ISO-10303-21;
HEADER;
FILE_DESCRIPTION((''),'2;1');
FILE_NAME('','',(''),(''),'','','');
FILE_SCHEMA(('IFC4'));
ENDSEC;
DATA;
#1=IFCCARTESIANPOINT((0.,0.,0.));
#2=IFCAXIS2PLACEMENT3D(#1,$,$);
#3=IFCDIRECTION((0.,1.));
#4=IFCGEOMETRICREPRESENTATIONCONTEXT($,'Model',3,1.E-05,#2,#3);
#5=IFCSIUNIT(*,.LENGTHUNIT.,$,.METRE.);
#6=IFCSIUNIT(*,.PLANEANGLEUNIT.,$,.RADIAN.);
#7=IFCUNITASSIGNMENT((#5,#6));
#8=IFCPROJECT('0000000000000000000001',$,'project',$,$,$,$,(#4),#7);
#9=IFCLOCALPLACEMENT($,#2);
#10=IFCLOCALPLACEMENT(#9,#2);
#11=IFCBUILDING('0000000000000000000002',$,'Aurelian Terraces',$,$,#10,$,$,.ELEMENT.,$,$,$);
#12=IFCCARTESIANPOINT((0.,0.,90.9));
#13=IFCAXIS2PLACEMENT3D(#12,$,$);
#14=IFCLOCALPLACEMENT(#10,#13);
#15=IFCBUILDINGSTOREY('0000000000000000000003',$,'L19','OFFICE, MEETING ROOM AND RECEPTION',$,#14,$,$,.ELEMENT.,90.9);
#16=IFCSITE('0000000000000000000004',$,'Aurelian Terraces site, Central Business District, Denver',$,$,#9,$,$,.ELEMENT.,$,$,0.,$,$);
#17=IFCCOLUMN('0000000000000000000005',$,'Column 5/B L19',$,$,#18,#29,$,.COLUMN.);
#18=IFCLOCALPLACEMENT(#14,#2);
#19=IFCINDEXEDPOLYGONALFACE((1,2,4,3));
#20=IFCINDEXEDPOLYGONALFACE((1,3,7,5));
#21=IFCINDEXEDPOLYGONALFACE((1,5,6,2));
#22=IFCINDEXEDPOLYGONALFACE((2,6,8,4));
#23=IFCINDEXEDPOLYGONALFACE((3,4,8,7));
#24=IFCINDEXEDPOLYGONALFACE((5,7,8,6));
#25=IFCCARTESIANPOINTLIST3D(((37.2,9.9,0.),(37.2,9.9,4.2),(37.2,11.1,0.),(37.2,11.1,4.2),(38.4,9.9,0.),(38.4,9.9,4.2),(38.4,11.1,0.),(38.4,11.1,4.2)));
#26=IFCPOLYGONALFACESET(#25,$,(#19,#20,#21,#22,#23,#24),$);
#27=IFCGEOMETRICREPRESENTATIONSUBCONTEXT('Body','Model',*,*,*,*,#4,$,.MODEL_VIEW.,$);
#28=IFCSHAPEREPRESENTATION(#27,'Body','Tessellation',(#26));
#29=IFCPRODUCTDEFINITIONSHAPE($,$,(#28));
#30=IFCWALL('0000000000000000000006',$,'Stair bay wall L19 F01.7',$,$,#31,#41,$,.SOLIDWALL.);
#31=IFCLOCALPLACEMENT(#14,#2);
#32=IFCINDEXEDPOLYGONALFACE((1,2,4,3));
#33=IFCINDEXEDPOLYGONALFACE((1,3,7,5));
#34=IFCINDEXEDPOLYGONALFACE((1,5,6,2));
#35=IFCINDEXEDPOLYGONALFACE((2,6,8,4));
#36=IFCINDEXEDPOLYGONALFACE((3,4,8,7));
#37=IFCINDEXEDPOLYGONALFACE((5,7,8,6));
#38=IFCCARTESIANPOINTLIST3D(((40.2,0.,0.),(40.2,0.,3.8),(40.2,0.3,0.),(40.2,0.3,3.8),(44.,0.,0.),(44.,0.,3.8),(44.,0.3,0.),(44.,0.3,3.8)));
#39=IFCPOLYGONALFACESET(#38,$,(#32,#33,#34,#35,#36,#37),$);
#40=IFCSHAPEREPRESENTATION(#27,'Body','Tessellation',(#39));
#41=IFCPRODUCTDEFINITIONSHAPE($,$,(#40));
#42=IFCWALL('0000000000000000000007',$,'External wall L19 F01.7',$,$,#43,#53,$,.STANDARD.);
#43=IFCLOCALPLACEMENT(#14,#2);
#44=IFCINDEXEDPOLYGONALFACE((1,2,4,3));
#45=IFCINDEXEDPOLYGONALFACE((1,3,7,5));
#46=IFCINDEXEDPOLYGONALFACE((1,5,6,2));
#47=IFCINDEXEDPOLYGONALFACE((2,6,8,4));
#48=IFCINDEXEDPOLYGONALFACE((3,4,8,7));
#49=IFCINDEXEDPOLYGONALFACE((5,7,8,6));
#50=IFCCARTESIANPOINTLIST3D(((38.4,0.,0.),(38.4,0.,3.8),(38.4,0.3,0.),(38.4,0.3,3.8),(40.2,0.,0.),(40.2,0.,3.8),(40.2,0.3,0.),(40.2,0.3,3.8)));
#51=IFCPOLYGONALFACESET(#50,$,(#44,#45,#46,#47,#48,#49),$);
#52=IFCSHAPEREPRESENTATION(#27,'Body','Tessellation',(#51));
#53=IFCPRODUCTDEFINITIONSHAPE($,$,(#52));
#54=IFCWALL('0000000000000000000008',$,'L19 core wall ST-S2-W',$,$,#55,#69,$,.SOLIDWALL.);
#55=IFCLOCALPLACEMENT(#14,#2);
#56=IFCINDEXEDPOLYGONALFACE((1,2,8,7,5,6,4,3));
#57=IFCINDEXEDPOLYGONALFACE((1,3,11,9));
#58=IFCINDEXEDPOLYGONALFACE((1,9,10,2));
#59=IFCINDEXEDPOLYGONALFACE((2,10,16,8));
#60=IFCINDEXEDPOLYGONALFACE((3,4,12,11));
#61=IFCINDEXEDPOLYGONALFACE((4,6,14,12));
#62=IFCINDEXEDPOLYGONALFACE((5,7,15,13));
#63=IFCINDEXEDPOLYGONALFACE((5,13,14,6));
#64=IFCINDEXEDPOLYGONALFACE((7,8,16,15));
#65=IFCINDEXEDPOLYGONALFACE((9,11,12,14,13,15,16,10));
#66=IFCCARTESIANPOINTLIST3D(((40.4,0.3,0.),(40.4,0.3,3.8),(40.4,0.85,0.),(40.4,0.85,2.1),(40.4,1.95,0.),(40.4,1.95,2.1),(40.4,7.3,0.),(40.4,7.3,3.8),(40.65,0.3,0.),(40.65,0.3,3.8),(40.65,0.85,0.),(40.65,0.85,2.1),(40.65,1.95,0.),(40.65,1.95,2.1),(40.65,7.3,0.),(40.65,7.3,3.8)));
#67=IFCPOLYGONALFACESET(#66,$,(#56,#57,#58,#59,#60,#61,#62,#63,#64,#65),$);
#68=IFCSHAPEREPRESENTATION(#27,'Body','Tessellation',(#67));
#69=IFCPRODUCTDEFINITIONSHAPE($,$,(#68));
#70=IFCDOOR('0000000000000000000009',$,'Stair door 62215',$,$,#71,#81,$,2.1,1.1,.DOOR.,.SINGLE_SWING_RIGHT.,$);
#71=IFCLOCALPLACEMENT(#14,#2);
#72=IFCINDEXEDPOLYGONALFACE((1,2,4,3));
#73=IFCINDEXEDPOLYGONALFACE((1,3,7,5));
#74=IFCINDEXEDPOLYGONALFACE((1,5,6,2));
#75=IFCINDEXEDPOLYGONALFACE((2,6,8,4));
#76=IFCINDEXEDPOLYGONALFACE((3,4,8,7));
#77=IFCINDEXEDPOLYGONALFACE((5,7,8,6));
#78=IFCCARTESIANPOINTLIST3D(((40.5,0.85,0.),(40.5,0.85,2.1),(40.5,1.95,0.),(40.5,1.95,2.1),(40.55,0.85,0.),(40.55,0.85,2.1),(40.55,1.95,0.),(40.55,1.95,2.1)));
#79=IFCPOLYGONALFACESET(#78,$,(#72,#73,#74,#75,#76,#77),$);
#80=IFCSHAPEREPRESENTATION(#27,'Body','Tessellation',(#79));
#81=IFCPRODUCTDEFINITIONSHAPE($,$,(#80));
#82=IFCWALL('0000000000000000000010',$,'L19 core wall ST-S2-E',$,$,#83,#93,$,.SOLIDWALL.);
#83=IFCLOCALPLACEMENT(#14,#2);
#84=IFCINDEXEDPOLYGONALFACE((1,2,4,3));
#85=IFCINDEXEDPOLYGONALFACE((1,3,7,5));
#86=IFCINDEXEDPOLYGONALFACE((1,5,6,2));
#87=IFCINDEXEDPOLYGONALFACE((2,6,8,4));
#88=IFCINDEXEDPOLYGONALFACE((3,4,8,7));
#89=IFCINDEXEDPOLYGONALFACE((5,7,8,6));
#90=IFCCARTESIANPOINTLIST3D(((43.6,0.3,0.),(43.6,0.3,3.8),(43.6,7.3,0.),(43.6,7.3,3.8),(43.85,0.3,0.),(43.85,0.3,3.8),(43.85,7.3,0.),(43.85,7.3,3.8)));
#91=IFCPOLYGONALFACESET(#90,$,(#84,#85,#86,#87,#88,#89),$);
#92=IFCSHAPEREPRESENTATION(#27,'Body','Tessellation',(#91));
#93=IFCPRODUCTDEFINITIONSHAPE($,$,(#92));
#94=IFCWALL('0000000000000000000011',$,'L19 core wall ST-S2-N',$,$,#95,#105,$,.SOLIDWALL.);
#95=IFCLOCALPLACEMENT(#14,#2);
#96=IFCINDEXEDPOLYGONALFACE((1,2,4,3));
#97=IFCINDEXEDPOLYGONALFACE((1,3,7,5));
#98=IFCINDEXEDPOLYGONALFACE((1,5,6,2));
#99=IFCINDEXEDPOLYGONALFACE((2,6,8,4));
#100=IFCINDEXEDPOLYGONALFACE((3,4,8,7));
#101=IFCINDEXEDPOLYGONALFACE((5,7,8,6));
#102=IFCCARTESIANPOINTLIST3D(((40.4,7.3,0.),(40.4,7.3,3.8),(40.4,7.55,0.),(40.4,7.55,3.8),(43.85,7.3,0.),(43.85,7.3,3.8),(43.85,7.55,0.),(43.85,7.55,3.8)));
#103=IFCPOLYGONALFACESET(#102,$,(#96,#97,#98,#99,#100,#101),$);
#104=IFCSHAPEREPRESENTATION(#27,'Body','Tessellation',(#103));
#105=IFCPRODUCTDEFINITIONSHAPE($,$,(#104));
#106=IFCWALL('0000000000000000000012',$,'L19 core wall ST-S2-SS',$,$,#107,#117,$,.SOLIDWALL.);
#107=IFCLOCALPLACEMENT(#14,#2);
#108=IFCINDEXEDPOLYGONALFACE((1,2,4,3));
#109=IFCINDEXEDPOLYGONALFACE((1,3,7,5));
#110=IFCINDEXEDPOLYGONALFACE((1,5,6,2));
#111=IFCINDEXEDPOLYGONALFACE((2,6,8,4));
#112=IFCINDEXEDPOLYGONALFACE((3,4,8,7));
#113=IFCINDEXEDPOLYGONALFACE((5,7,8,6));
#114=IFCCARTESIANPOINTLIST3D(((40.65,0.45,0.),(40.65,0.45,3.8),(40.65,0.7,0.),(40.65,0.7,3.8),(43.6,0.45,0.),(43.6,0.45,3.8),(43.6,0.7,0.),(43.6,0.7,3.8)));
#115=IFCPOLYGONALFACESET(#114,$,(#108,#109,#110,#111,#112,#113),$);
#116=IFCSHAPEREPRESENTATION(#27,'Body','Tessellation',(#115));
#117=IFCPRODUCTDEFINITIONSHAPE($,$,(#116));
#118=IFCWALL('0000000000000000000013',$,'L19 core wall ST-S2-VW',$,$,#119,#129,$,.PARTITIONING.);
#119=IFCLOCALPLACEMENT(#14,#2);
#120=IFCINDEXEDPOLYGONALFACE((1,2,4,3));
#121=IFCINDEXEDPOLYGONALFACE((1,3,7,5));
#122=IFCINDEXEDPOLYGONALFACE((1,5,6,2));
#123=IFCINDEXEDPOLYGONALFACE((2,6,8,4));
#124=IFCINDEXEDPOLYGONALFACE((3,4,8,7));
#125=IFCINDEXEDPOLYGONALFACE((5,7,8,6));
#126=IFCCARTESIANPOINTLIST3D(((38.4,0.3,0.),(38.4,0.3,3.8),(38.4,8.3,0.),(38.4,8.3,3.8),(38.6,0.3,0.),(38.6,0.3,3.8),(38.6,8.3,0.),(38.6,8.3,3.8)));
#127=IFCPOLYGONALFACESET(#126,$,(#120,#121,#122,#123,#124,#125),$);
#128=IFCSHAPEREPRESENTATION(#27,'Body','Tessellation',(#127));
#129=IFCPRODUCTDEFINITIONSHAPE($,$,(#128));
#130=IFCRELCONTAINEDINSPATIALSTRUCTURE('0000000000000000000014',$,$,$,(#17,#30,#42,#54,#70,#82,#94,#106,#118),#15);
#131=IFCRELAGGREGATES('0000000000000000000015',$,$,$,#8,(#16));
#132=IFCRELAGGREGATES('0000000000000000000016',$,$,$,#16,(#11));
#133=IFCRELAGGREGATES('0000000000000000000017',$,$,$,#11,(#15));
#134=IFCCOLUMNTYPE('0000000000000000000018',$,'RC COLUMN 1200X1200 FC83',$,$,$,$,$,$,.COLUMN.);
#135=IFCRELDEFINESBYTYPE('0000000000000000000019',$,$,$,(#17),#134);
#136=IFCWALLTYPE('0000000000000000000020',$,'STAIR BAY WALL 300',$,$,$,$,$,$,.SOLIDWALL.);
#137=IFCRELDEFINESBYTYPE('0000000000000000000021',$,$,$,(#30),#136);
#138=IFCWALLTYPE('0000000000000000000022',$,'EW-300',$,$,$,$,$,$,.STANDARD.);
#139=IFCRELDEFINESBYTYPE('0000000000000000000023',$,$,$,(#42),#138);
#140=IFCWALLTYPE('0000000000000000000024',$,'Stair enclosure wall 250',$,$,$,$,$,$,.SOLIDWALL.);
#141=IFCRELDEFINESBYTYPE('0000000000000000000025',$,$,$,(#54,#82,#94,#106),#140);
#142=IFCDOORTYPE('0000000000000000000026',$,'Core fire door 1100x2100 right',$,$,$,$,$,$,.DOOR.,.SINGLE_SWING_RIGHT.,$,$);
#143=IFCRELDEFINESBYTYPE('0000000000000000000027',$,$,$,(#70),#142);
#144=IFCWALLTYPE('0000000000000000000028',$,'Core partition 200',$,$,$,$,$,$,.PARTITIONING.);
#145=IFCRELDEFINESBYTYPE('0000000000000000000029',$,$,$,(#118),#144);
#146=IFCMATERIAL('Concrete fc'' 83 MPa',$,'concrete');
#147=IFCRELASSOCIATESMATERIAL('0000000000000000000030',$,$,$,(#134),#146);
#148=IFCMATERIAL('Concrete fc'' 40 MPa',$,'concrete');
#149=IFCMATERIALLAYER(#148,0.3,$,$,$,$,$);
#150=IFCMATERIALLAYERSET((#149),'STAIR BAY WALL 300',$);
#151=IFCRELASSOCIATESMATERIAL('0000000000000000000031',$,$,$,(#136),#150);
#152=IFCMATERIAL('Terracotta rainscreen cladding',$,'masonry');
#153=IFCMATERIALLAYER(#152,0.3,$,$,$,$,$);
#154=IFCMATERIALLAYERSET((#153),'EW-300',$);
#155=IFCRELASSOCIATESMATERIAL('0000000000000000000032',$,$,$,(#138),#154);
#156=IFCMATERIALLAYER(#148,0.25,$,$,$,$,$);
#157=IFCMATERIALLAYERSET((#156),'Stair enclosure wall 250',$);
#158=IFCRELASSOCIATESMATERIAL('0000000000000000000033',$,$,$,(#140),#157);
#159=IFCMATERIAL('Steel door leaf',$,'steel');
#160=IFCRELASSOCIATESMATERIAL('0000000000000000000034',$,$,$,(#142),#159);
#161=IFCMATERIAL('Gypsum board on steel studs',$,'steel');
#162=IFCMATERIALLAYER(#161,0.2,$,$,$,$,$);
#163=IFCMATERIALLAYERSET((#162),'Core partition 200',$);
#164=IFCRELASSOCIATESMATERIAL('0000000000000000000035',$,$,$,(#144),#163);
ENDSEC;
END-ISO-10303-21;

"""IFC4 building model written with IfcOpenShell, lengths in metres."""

from ifc_helpers import new_model, si_unit, direction, frame, frame_2d, origin, origin_2d, place, context, subcontext, project, spatial, rectangle, extrude, source, transform, mapped, material, layer, layer_set, material_profile, profile_set, type_object, element, fill, save


model = new_model("IFC4")

# Units and contexts
model_context = context("Model", 3, precision=1e-05, world=origin(), true_north=direction((0.0, 1.0)))
body_context = subcontext(model_context, "Body", "Model", "MODEL_VIEW")
ifc_project = project(units=[si_unit("LENGTHUNIT", "METRE"), si_unit("PLANEANGLEUNIT", "RADIAN")], contexts=[model_context])

# Site, building, storey
site_placement = place(None, origin())
site = spatial("IfcSite", under=ifc_project, at=site_placement, Name="Aurelian Terraces site, Central Business District, Denver", CompositionType="ELEMENT", RefElevation=0.0)
building_placement = place(site_placement, origin())
building = spatial("IfcBuilding", under=site, at=building_placement, Name="Aurelian Terraces", CompositionType="ELEMENT")
storey_placement = place(building_placement, frame((0.0, 0.0, 90.9)))
storey = spatial("IfcBuildingStorey", under=building, at=storey_placement, Name="L19", Description="OFFICE, MEETING ROOM AND RECEPTION", CompositionType="ELEMENT", Elevation=90.9)

# Column
ifc_material_1 = material(Name="Concrete fc' 83 MPa", Category="concrete")
ifc_material_profile = material_profile(ifc_material_1, rectangle(XDim=1.2, YDim=1.2, at=origin_2d()))
ifc_profile_set = profile_set([ifc_material_profile], Name="Concrete fc' 83 MPa")
column_type = type_object("IfcColumnType", Name="RC COLUMN 1200X1200 FC83", PredefinedType="COLUMN", material=ifc_profile_set)
shared_shape_1 = source(origin(), body_context, "Body", "SweptSolid", [
    extrude(rectangle(XDim=1.2, YDim=1.2, at=origin_2d()), origin(), (0.0, 0.0, 1.0), 4.2),
])
column_placement = place(storey_placement, frame((37.8, 10.5, 0.0), z_axis=(0.0, 0.0, 1.0), x_axis=(1.0, 0.0, 0.0)))
element("IfcColumn", 1, at=column_placement, inside=storey, type_object=column_type, Name="Column 5/B L19", PredefinedType="COLUMN", context=body_context, shape_type="MappedRepresentation", body=[
    mapped(shared_shape_1, transform((0.0, 0.0, 0.0), scale=1.0)),
])

# Walls
ifc_material_2 = material(Name="Concrete fc' 40 MPa", Category="concrete")
ifc_layer_1 = layer(ifc_material_2, 0.3)
ifc_layer_set_1 = layer_set([ifc_layer_1], Name="STAIR BAY WALL 300")
wall_type_1 = type_object("IfcWallType", Name="STAIR BAY WALL 300", PredefinedType="SOLIDWALL", material=ifc_layer_set_1)
shared_shape_2 = source(origin(), body_context, "Body", "SweptSolid", [
    extrude(rectangle(XDim=3.8, YDim=0.3, at=frame_2d((1.9, 0.0))), origin(), (0.0, 0.0, 1.0), 3.8),
])
wall_1_placement = place(storey_placement, frame((40.2, 0.15, 0.0), z_axis=(0.0, 0.0, 1.0), x_axis=(1.0, 0.0, 0.0)))
element("IfcWall", 2, at=wall_1_placement, inside=storey, type_object=wall_type_1, Name="Stair bay wall L19 F01.7", PredefinedType="SOLIDWALL", context=body_context, shape_type="MappedRepresentation", body=[
    mapped(shared_shape_2, transform((0.0, 0.0, 0.0), scale=1.0)),
])
ifc_material_3 = material(Name="Terracotta rainscreen cladding", Category="masonry")
ifc_layer_2 = layer(ifc_material_3, 0.3)
ifc_layer_set_2 = layer_set([ifc_layer_2], Name="EW-300")
wall_type_2 = type_object("IfcWallType", Name="EW-300", PredefinedType="STANDARD", material=ifc_layer_set_2)
shared_shape_3 = source(origin(), body_context, "Body", "SweptSolid", [
    extrude(rectangle(XDim=1.8, YDim=0.3, at=frame_2d((0.9, 0.0))), origin(), (0.0, 0.0, 1.0), 3.8),
])
wall_2_placement = place(storey_placement, frame((38.4, 0.15, 0.0), z_axis=(0.0, 0.0, 1.0), x_axis=(1.0, 0.0, 0.0)))
element("IfcWall", 3, at=wall_2_placement, inside=storey, type_object=wall_type_2, Name="External wall L19 F01.7", PredefinedType="STANDARD", context=body_context, shape_type="MappedRepresentation", body=[
    mapped(shared_shape_3, transform((0.0, 0.0, 0.0), scale=1.0)),
])

# Wall, opening, door
ifc_layer_3 = layer(ifc_material_2, 0.25)
ifc_layer_set_3 = layer_set([ifc_layer_3], Name="Stair enclosure wall 250")
wall_type_3 = type_object("IfcWallType", Name="Stair enclosure wall 250", PredefinedType="SOLIDWALL", material=ifc_layer_set_3)
shared_shape_4 = source(origin(), body_context, "Body", "SweptSolid", [
    extrude(rectangle(XDim=7.0, YDim=0.25, at=frame_2d((3.5, 0.0))), origin(), (0.0, 0.0, 1.0), 3.8),
])
wall_3_placement = place(storey_placement, frame((40.525, 0.3, 0.0), z_axis=(0.0, 0.0, 1.0), x_axis=(0.0, 1.0, 0.0)))
wall_3 = element("IfcWall", 4, at=wall_3_placement, inside=storey, type_object=wall_type_3, Name="L19 core wall ST-S2-W", PredefinedType="SOLIDWALL", context=body_context, shape_type="MappedRepresentation", body=[
    mapped(shared_shape_4, transform((0.0, 0.0, 0.0), scale=1.0)),
])
shared_shape_5 = source(origin(), body_context, "Body", "SweptSolid", [
    extrude(rectangle(XDim=1.1, YDim=2.1, at=frame_2d((0.55, 1.05))), frame((0.0, 0.135, 0.0), z_axis=(0.0, -1.0, 0.0), x_axis=(1.0, 0.0, 0.0)), (0.0, 0.0, 1.0), 0.27),
])
opening_1_placement = place(wall_3_placement, frame((0.55, 0.0, 0.0)))
opening_1 = element("IfcOpeningElement", 5, at=opening_1_placement, cuts=wall_3, PredefinedType="OPENING", context=body_context, shape_type="MappedRepresentation", body=[
    mapped(shared_shape_5, transform((0.0, 0.0, 0.0), scale=1.0)),
])
ifc_material_4 = material(Name="Steel door leaf", Category="steel")
door_type_1 = type_object("IfcDoorType", Name="Core fire door 1100x2100 right", OperationType="SINGLE_SWING_RIGHT", PredefinedType="DOOR", material=ifc_material_4)
shared_shape_6 = source(origin(), body_context, "Body", "SweptSolid", [
    extrude(rectangle(XDim=1.1, YDim=2.1, at=frame_2d((0.55, 1.05))), frame((0.0, 0.025, 0.0), z_axis=(0.0, -1.0, 0.0), x_axis=(1.0, 0.0, 0.0)), (0.0, 0.0, 1.0), 0.05),
])
door_1_placement = place(opening_1_placement, origin())
door_1 = element("IfcDoor", 6, at=door_1_placement, inside=storey, type_object=door_type_1, Name="Stair door 62215", OperationType="SINGLE_SWING_RIGHT", OverallHeight=2.1, OverallWidth=1.1, PredefinedType="DOOR", context=body_context, shape_type="MappedRepresentation", body=[
    mapped(shared_shape_6, transform((0.0, 0.0, 0.0), scale=1.0)),
])
fill(opening_1, door_1)

# Walls
wall_4_placement = place(storey_placement, frame((43.725, 0.3, 0.0), z_axis=(0.0, 0.0, 1.0), x_axis=(0.0, 1.0, 0.0)))
element("IfcWall", 7, at=wall_4_placement, inside=storey, type_object=wall_type_3, Name="L19 core wall ST-S2-E", PredefinedType="SOLIDWALL", context=body_context, shape_type="MappedRepresentation", body=[
    mapped(shared_shape_4, transform((0.0, 0.0, 0.0), scale=1.0)),
])
shared_shape_7 = source(origin(), body_context, "Body", "SweptSolid", [
    extrude(rectangle(XDim=3.45, YDim=0.25, at=frame_2d((1.725, 0.0))), origin(), (0.0, 0.0, 1.0), 3.8),
])
wall_5_placement = place(storey_placement, frame((40.4, 7.425, 0.0), z_axis=(0.0, 0.0, 1.0), x_axis=(1.0, 0.0, 0.0)))
element("IfcWall", 8, at=wall_5_placement, inside=storey, type_object=wall_type_3, Name="L19 core wall ST-S2-N", PredefinedType="SOLIDWALL", context=body_context, shape_type="MappedRepresentation", body=[
    mapped(shared_shape_7, transform((0.0, 0.0, 0.0), scale=1.0)),
])
shared_shape_8 = source(origin(), body_context, "Body", "SweptSolid", [
    extrude(rectangle(XDim=2.95, YDim=0.25, at=frame_2d((1.475, 0.0))), origin(), (0.0, 0.0, 1.0), 3.8),
])
wall_6_placement = place(storey_placement, frame((40.65, 0.575, 0.0), z_axis=(0.0, 0.0, 1.0), x_axis=(1.0, 0.0, 0.0)))
element("IfcWall", 9, at=wall_6_placement, inside=storey, type_object=wall_type_3, Name="L19 core wall ST-S2-SS", PredefinedType="SOLIDWALL", context=body_context, shape_type="MappedRepresentation", body=[
    mapped(shared_shape_8, transform((0.0, 0.0, 0.0), scale=1.0)),
])
ifc_material_5 = material(Name="Gypsum board on steel studs", Category="steel")
ifc_layer_4 = layer(ifc_material_5, 0.2)
ifc_layer_set_4 = layer_set([ifc_layer_4], Name="Core partition 200")
wall_type_4 = type_object("IfcWallType", Name="Core partition 200", PredefinedType="PARTITIONING", material=ifc_layer_set_4)
shared_shape_9 = source(origin(), body_context, "Body", "SweptSolid", [
    extrude(rectangle(XDim=8.0, YDim=0.2, at=frame_2d((4.0, 0.0))), origin(), (0.0, 0.0, 1.0), 3.8),
])
wall_7_placement = place(storey_placement, frame((38.5, 0.3, 0.0), z_axis=(0.0, 0.0, 1.0), x_axis=(0.0, 1.0, 0.0)))
element("IfcWall", 10, at=wall_7_placement, inside=storey, type_object=wall_type_4, Name="L19 core wall ST-S2-VW", PredefinedType="PARTITIONING", context=body_context, shape_type="MappedRepresentation", body=[
    mapped(shared_shape_9, transform((0.0, 0.0, 0.0), scale=1.0)),
])

save(model, "model.ifc")
